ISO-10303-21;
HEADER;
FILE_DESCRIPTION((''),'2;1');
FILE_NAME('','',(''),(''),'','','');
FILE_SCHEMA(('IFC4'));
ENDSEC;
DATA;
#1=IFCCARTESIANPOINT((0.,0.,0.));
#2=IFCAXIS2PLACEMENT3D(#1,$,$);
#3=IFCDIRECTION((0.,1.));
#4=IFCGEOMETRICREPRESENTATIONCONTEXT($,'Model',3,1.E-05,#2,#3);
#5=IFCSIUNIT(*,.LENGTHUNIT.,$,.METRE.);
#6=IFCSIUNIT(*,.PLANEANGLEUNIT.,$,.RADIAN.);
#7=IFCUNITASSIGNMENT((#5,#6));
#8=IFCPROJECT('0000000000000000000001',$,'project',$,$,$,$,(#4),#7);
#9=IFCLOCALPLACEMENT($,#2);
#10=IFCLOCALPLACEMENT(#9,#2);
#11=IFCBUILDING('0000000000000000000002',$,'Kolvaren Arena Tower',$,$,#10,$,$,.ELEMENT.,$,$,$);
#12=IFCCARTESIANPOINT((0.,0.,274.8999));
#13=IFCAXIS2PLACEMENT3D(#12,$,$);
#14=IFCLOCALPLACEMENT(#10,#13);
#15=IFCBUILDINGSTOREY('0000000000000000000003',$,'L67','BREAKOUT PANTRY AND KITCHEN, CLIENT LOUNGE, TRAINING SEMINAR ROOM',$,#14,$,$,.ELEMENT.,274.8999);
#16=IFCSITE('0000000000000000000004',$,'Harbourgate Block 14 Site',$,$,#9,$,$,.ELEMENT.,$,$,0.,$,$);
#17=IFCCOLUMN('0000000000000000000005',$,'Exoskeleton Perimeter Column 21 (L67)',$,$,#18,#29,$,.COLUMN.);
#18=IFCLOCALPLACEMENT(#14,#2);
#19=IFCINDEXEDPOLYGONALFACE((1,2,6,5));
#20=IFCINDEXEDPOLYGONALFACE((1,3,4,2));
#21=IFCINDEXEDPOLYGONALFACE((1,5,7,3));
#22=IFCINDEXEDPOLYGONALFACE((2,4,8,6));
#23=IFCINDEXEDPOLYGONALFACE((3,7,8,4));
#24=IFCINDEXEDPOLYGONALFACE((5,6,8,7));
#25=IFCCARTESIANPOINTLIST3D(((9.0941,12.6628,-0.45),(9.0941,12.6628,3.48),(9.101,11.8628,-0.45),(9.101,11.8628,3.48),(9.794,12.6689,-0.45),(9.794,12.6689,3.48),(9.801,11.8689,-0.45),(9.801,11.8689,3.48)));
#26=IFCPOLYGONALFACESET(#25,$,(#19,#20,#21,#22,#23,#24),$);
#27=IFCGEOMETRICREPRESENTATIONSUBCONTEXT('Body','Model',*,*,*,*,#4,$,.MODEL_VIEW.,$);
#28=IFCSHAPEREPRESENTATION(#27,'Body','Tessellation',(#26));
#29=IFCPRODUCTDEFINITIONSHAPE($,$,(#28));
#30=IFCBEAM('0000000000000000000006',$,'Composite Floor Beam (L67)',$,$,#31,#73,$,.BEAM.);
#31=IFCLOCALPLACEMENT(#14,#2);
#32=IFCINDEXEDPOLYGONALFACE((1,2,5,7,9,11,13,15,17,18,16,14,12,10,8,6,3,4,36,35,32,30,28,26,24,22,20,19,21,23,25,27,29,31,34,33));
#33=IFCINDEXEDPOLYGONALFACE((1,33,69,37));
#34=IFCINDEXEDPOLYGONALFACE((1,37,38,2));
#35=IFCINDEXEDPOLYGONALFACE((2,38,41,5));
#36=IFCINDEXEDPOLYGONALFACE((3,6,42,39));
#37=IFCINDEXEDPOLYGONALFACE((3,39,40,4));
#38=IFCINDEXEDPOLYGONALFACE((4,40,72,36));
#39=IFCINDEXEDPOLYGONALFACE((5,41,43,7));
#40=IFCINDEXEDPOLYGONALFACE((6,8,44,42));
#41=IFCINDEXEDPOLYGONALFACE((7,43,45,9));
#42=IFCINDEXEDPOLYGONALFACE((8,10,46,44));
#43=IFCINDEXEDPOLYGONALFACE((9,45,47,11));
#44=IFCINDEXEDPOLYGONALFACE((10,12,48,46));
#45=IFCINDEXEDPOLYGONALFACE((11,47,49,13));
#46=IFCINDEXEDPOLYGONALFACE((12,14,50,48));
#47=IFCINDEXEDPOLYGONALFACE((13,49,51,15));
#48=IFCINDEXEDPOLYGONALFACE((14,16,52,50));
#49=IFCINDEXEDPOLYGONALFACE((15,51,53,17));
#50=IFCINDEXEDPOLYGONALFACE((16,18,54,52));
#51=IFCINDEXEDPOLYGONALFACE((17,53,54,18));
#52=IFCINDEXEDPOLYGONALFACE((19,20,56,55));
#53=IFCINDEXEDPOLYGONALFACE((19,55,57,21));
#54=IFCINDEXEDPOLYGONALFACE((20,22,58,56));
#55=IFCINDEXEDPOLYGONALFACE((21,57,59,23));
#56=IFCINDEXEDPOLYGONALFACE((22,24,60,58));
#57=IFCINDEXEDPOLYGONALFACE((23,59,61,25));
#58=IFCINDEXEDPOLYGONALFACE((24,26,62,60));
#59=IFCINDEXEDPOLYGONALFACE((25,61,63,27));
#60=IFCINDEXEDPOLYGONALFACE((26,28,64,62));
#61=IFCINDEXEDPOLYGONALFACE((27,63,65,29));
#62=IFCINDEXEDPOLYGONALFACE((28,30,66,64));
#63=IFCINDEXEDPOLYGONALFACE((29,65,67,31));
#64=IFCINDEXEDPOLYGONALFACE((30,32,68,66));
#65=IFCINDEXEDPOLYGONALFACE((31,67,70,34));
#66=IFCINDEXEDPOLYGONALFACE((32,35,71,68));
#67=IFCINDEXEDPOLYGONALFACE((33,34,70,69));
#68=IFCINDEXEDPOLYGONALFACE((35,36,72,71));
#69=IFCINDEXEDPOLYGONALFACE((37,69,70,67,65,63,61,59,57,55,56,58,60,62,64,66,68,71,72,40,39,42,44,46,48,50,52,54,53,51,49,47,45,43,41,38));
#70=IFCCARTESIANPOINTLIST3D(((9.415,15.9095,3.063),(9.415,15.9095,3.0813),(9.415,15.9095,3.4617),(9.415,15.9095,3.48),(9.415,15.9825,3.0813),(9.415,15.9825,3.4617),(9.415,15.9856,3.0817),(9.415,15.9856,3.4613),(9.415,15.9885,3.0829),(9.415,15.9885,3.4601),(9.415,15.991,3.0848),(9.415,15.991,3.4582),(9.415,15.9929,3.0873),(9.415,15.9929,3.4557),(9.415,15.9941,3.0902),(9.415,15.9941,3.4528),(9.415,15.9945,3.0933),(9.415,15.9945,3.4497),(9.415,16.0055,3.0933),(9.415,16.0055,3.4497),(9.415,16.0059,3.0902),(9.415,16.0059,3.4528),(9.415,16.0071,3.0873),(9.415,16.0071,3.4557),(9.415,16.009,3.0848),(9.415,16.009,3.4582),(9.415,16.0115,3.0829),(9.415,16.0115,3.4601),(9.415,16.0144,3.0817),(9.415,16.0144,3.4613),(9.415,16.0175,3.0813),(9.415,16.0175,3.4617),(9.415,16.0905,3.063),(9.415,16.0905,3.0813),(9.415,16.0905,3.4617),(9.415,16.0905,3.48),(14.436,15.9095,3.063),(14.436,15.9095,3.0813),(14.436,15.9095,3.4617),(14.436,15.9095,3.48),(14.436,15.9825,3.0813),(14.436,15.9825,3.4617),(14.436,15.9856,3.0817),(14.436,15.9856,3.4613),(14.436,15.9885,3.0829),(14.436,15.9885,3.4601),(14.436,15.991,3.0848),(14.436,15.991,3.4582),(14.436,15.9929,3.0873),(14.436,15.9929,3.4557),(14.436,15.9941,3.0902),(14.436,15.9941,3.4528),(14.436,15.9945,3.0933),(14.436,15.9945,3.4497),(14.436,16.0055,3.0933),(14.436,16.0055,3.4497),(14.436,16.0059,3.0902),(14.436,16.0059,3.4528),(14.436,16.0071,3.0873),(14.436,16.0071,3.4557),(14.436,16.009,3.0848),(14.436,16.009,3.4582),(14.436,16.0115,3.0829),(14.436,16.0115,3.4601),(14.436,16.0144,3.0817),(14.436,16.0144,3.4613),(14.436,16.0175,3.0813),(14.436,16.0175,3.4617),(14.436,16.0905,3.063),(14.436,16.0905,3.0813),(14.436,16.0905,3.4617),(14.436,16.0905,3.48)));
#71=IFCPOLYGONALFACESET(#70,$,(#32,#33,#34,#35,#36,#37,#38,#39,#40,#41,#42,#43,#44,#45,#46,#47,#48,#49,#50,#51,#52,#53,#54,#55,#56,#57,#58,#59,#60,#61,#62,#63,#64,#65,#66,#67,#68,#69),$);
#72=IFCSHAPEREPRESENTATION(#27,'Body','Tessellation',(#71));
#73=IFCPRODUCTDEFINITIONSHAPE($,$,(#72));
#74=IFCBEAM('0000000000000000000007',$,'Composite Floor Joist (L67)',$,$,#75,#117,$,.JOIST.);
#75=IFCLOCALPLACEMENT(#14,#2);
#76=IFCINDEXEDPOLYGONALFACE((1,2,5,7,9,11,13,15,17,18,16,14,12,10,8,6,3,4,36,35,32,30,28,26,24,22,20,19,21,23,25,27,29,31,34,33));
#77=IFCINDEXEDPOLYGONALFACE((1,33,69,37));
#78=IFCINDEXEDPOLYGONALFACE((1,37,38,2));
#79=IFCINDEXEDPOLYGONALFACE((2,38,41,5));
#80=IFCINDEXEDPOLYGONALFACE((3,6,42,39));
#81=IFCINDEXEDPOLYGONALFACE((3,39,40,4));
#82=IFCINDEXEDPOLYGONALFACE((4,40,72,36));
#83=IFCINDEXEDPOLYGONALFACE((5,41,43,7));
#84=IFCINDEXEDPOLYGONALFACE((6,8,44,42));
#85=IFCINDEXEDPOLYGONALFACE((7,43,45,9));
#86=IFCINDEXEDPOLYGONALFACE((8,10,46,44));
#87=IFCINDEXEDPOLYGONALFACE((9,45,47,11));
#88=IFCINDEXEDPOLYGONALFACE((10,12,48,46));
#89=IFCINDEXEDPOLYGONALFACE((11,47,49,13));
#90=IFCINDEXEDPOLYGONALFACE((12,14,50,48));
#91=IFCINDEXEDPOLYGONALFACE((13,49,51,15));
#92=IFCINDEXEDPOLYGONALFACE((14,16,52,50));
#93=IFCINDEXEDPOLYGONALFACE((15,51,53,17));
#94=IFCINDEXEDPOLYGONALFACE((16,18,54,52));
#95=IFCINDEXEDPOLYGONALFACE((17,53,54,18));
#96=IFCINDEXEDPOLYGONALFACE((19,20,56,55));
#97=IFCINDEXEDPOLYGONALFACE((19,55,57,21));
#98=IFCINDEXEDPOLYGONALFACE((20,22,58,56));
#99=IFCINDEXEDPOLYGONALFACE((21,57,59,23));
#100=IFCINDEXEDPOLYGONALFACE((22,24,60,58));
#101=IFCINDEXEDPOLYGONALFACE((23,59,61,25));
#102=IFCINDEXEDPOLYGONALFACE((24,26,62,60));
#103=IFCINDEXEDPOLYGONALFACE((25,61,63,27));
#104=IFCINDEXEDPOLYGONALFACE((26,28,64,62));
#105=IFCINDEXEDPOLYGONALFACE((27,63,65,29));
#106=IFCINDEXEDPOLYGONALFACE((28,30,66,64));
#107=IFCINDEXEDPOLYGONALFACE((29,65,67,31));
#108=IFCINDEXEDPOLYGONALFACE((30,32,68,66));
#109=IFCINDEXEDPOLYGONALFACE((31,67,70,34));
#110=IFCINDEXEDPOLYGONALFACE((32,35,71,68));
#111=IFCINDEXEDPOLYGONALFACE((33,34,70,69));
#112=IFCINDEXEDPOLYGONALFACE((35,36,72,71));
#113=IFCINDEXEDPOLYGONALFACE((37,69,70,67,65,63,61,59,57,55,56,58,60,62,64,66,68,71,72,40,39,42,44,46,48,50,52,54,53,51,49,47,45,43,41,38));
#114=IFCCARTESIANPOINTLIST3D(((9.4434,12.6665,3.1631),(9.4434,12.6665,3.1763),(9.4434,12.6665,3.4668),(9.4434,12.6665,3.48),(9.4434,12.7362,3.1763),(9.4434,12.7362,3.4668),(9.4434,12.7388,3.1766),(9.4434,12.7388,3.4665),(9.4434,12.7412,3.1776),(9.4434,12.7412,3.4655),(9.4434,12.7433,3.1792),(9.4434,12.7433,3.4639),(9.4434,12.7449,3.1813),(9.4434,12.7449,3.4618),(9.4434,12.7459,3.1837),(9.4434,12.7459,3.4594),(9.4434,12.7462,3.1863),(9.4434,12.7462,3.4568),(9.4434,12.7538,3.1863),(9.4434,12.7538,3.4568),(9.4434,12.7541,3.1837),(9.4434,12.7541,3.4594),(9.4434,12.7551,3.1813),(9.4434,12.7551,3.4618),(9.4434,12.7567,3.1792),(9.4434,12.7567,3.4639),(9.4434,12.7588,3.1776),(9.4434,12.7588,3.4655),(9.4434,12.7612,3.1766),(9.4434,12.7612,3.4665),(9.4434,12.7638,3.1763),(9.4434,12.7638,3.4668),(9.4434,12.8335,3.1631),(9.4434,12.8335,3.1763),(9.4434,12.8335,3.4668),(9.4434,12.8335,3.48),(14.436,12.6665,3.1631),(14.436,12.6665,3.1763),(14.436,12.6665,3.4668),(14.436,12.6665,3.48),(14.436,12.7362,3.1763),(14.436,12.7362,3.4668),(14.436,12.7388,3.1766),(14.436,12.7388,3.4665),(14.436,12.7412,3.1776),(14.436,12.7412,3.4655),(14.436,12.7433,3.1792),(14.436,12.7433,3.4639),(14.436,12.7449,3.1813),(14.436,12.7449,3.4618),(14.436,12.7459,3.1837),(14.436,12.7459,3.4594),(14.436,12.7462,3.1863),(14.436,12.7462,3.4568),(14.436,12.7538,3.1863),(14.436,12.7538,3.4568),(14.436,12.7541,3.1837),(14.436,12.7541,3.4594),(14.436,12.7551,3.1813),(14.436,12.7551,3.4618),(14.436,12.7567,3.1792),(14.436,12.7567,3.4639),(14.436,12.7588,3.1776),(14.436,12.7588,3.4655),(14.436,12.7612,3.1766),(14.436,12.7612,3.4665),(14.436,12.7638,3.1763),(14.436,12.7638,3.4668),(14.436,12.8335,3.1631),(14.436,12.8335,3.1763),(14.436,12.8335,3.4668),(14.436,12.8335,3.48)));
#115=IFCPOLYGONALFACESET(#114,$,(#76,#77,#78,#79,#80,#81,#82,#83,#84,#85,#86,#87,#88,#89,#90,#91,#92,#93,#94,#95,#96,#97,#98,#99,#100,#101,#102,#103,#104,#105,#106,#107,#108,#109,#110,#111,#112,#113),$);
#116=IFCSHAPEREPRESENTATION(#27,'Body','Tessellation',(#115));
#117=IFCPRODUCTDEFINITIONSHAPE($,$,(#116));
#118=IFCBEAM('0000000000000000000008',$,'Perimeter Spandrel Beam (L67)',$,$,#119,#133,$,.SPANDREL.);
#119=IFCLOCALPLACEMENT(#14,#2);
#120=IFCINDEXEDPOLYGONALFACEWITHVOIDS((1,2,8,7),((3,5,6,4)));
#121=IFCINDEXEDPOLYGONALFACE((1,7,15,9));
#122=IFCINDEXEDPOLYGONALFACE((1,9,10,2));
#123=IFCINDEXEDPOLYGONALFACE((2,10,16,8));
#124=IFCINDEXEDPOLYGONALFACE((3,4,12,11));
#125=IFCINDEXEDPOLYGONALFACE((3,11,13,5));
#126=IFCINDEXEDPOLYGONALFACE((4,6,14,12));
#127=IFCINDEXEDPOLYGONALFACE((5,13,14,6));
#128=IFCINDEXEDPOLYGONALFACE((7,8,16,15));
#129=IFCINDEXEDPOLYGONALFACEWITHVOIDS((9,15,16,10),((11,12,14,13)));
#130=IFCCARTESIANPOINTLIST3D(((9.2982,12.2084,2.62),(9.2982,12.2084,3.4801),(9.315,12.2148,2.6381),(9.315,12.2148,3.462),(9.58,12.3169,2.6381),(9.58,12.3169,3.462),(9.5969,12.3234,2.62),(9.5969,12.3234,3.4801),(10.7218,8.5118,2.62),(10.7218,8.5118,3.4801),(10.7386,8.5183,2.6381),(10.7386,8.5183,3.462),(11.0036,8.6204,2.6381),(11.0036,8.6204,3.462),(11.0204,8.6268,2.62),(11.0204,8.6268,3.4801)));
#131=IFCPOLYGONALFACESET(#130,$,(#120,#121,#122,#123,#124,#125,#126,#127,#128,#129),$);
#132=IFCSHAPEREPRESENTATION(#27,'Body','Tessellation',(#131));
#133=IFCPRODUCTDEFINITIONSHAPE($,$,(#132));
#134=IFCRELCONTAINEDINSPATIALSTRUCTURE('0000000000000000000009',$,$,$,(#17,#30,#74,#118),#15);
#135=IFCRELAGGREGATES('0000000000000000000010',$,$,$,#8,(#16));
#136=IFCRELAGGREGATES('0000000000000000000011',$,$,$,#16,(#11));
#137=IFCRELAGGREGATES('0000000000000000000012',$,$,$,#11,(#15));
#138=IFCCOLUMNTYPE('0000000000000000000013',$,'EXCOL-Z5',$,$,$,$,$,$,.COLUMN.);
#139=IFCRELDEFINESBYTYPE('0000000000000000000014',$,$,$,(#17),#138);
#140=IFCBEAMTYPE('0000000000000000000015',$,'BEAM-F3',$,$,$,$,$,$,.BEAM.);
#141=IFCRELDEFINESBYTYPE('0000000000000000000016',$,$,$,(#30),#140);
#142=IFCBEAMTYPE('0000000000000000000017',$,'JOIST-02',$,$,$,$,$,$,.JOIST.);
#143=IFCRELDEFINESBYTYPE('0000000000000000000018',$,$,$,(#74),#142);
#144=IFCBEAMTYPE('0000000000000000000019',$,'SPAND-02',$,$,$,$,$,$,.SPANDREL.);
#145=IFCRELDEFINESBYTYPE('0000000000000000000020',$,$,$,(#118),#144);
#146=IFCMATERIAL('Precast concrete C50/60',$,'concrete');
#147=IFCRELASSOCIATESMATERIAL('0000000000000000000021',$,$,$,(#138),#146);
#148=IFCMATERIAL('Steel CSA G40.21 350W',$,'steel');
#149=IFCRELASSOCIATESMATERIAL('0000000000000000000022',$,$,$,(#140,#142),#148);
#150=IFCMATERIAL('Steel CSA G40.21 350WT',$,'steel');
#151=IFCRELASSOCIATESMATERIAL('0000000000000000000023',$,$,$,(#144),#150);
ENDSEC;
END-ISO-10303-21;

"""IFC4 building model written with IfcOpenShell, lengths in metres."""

from ifc_helpers import new_model, si_unit, direction, frame, origin, origin_2d, place, context, subcontext, project, spatial, rectangle, hollow_rectangle, i_section, extrude, material, material_profile, profile_set, type_object, element, save


model = new_model("IFC4")

# Units and contexts
model_context = context("Model", 3, precision=1e-05, world=origin(), true_north=direction((0.0, 1.0)))
body_context = subcontext(model_context, "Body", "Model", "MODEL_VIEW")
ifc_project = project(units=[si_unit("LENGTHUNIT", "METRE"), si_unit("PLANEANGLEUNIT", "RADIAN")], contexts=[model_context])

# Site, building, storey
site_placement = place(None, origin())
site = spatial("IfcSite", under=ifc_project, at=site_placement, Name="Harbourgate Block 14 Site", CompositionType="ELEMENT", RefElevation=0.0)
building_placement = place(site_placement, origin())
building = spatial("IfcBuilding", under=site, at=building_placement, Name="Kolvaren Arena Tower", CompositionType="ELEMENT")
storey_placement = place(building_placement, frame((0.0, 0.0, 274.8999)))
storey = spatial("IfcBuildingStorey", under=building, at=storey_placement, Name="L67", Description="BREAKOUT PANTRY AND KITCHEN, CLIENT LOUNGE, TRAINING SEMINAR ROOM", CompositionType="ELEMENT", Elevation=274.8999)

# Column
ifc_material_1 = material(Name="Precast concrete C50/60", Category="concrete")
ifc_material_profile_1 = material_profile(ifc_material_1, rectangle(XDim=0.8, YDim=0.7, at=origin_2d()), Name="RC-800x700")
ifc_profile_set_1 = profile_set([ifc_material_profile_1], Name="Precast concrete C50/60")
column_type = type_object("IfcColumnType", Name="EXCOL-Z5", PredefinedType="COLUMN", material=ifc_profile_set_1)
column_placement = place(storey_placement, frame((9.4475, 12.2659, -0.45), z_axis=(0.0, 0.0, 1.0), x_axis=(-0.008727, 0.999962, 0.0)))
element("IfcColumn", 1, at=column_placement, inside=storey, type_object=column_type, Name="Exoskeleton Perimeter Column 21 (L67)", PredefinedType="COLUMN", context=body_context, shape_type="SweptSolid", body=[
    extrude(rectangle(XDim=0.8, YDim=0.7, at=origin_2d()), origin(), (0.0, 0.0, 1.0), 3.9299),
])

# Beams
ifc_material_2 = material(Name="Steel CSA G40.21 350W", Category="steel")
ifc_material_profile_2 = material_profile(ifc_material_2, i_section(OverallWidth=0.1809, OverallDepth=0.417, WebThickness=0.011, FlangeThickness=0.0183, FilletRadius=0.012, at=origin_2d()), Name="W410x85")
ifc_profile_set_2 = profile_set([ifc_material_profile_2], Name="Steel CSA G40.21 350W")
beam_type_1 = type_object("IfcBeamType", Name="BEAM-F3", PredefinedType="BEAM", material=ifc_profile_set_2)
beam_1_placement = place(storey_placement, frame((9.415, 16.0, 3.2715), z_axis=(1.0, 0.0, 0.0), x_axis=(0.0, 1.0, 0.0)))
element("IfcBeam", 2, at=beam_1_placement, inside=storey, type_object=beam_type_1, Name="Composite Floor Beam (L67)", PredefinedType="BEAM", context=body_context, shape_type="SweptSolid", body=[
    extrude(i_section(OverallWidth=0.1809, OverallDepth=0.417, WebThickness=0.011, FlangeThickness=0.0183, FilletRadius=0.012, at=origin_2d()), origin(), (0.0, 0.0, 1.0), 5.021),
])
ifc_material_profile_3 = material_profile(ifc_material_2, i_section(OverallWidth=0.167, OverallDepth=0.3169, WebThickness=0.0076, FlangeThickness=0.0132, FilletRadius=0.01, at=origin_2d()), Name="W310x52")
ifc_profile_set_3 = profile_set([ifc_material_profile_3], Name="Steel CSA G40.21 350W")
beam_type_2 = type_object("IfcBeamType", Name="JOIST-02", PredefinedType="JOIST", material=ifc_profile_set_3)
beam_2_placement = place(storey_placement, frame((9.4434, 12.75, 3.3215), z_axis=(1.0, 0.0, 0.0), x_axis=(0.0, 1.0, 0.0)))
element("IfcBeam", 3, at=beam_2_placement, inside=storey, type_object=beam_type_2, Name="Composite Floor Joist (L67)", PredefinedType="JOIST", context=body_context, shape_type="SweptSolid", body=[
    extrude(i_section(OverallWidth=0.167, OverallDepth=0.3169, WebThickness=0.0076, FlangeThickness=0.0132, FilletRadius=0.01, at=origin_2d()), origin(), (0.0, 0.0, 1.0), 4.9927),
])
ifc_material_3 = material(Name="Steel CSA G40.21 350WT", Category="steel")
ifc_material_profile_4 = material_profile(ifc_material_3, hollow_rectangle(XDim=0.3201, YDim=0.8601, WallThickness=0.0181, at=origin_2d()), Name="HSS 860x320x18")
ifc_profile_set_4 = profile_set([ifc_material_profile_4], Name="Steel CSA G40.21 350WT")
beam_type_3 = type_object("IfcBeamType", Name="SPAND-02", PredefinedType="SPANDREL", material=ifc_profile_set_4)
beam_3_placement = place(storey_placement, frame((9.4475, 12.2659, 3.05), z_axis=(0.359384, -0.93319, 0.0), x_axis=(0.93319, 0.359384, 0.0)))
element("IfcBeam", 4, at=beam_3_placement, inside=storey, type_object=beam_type_3, Name="Perimeter Spandrel Beam (L67)", PredefinedType="SPANDREL", context=body_context, shape_type="SweptSolid", body=[
    extrude(hollow_rectangle(XDim=0.3201, YDim=0.8601, WallThickness=0.0181, at=origin_2d()), origin(), (0.0, 0.0, 1.0), 3.9612),
])

save(model, "model.ifc")
